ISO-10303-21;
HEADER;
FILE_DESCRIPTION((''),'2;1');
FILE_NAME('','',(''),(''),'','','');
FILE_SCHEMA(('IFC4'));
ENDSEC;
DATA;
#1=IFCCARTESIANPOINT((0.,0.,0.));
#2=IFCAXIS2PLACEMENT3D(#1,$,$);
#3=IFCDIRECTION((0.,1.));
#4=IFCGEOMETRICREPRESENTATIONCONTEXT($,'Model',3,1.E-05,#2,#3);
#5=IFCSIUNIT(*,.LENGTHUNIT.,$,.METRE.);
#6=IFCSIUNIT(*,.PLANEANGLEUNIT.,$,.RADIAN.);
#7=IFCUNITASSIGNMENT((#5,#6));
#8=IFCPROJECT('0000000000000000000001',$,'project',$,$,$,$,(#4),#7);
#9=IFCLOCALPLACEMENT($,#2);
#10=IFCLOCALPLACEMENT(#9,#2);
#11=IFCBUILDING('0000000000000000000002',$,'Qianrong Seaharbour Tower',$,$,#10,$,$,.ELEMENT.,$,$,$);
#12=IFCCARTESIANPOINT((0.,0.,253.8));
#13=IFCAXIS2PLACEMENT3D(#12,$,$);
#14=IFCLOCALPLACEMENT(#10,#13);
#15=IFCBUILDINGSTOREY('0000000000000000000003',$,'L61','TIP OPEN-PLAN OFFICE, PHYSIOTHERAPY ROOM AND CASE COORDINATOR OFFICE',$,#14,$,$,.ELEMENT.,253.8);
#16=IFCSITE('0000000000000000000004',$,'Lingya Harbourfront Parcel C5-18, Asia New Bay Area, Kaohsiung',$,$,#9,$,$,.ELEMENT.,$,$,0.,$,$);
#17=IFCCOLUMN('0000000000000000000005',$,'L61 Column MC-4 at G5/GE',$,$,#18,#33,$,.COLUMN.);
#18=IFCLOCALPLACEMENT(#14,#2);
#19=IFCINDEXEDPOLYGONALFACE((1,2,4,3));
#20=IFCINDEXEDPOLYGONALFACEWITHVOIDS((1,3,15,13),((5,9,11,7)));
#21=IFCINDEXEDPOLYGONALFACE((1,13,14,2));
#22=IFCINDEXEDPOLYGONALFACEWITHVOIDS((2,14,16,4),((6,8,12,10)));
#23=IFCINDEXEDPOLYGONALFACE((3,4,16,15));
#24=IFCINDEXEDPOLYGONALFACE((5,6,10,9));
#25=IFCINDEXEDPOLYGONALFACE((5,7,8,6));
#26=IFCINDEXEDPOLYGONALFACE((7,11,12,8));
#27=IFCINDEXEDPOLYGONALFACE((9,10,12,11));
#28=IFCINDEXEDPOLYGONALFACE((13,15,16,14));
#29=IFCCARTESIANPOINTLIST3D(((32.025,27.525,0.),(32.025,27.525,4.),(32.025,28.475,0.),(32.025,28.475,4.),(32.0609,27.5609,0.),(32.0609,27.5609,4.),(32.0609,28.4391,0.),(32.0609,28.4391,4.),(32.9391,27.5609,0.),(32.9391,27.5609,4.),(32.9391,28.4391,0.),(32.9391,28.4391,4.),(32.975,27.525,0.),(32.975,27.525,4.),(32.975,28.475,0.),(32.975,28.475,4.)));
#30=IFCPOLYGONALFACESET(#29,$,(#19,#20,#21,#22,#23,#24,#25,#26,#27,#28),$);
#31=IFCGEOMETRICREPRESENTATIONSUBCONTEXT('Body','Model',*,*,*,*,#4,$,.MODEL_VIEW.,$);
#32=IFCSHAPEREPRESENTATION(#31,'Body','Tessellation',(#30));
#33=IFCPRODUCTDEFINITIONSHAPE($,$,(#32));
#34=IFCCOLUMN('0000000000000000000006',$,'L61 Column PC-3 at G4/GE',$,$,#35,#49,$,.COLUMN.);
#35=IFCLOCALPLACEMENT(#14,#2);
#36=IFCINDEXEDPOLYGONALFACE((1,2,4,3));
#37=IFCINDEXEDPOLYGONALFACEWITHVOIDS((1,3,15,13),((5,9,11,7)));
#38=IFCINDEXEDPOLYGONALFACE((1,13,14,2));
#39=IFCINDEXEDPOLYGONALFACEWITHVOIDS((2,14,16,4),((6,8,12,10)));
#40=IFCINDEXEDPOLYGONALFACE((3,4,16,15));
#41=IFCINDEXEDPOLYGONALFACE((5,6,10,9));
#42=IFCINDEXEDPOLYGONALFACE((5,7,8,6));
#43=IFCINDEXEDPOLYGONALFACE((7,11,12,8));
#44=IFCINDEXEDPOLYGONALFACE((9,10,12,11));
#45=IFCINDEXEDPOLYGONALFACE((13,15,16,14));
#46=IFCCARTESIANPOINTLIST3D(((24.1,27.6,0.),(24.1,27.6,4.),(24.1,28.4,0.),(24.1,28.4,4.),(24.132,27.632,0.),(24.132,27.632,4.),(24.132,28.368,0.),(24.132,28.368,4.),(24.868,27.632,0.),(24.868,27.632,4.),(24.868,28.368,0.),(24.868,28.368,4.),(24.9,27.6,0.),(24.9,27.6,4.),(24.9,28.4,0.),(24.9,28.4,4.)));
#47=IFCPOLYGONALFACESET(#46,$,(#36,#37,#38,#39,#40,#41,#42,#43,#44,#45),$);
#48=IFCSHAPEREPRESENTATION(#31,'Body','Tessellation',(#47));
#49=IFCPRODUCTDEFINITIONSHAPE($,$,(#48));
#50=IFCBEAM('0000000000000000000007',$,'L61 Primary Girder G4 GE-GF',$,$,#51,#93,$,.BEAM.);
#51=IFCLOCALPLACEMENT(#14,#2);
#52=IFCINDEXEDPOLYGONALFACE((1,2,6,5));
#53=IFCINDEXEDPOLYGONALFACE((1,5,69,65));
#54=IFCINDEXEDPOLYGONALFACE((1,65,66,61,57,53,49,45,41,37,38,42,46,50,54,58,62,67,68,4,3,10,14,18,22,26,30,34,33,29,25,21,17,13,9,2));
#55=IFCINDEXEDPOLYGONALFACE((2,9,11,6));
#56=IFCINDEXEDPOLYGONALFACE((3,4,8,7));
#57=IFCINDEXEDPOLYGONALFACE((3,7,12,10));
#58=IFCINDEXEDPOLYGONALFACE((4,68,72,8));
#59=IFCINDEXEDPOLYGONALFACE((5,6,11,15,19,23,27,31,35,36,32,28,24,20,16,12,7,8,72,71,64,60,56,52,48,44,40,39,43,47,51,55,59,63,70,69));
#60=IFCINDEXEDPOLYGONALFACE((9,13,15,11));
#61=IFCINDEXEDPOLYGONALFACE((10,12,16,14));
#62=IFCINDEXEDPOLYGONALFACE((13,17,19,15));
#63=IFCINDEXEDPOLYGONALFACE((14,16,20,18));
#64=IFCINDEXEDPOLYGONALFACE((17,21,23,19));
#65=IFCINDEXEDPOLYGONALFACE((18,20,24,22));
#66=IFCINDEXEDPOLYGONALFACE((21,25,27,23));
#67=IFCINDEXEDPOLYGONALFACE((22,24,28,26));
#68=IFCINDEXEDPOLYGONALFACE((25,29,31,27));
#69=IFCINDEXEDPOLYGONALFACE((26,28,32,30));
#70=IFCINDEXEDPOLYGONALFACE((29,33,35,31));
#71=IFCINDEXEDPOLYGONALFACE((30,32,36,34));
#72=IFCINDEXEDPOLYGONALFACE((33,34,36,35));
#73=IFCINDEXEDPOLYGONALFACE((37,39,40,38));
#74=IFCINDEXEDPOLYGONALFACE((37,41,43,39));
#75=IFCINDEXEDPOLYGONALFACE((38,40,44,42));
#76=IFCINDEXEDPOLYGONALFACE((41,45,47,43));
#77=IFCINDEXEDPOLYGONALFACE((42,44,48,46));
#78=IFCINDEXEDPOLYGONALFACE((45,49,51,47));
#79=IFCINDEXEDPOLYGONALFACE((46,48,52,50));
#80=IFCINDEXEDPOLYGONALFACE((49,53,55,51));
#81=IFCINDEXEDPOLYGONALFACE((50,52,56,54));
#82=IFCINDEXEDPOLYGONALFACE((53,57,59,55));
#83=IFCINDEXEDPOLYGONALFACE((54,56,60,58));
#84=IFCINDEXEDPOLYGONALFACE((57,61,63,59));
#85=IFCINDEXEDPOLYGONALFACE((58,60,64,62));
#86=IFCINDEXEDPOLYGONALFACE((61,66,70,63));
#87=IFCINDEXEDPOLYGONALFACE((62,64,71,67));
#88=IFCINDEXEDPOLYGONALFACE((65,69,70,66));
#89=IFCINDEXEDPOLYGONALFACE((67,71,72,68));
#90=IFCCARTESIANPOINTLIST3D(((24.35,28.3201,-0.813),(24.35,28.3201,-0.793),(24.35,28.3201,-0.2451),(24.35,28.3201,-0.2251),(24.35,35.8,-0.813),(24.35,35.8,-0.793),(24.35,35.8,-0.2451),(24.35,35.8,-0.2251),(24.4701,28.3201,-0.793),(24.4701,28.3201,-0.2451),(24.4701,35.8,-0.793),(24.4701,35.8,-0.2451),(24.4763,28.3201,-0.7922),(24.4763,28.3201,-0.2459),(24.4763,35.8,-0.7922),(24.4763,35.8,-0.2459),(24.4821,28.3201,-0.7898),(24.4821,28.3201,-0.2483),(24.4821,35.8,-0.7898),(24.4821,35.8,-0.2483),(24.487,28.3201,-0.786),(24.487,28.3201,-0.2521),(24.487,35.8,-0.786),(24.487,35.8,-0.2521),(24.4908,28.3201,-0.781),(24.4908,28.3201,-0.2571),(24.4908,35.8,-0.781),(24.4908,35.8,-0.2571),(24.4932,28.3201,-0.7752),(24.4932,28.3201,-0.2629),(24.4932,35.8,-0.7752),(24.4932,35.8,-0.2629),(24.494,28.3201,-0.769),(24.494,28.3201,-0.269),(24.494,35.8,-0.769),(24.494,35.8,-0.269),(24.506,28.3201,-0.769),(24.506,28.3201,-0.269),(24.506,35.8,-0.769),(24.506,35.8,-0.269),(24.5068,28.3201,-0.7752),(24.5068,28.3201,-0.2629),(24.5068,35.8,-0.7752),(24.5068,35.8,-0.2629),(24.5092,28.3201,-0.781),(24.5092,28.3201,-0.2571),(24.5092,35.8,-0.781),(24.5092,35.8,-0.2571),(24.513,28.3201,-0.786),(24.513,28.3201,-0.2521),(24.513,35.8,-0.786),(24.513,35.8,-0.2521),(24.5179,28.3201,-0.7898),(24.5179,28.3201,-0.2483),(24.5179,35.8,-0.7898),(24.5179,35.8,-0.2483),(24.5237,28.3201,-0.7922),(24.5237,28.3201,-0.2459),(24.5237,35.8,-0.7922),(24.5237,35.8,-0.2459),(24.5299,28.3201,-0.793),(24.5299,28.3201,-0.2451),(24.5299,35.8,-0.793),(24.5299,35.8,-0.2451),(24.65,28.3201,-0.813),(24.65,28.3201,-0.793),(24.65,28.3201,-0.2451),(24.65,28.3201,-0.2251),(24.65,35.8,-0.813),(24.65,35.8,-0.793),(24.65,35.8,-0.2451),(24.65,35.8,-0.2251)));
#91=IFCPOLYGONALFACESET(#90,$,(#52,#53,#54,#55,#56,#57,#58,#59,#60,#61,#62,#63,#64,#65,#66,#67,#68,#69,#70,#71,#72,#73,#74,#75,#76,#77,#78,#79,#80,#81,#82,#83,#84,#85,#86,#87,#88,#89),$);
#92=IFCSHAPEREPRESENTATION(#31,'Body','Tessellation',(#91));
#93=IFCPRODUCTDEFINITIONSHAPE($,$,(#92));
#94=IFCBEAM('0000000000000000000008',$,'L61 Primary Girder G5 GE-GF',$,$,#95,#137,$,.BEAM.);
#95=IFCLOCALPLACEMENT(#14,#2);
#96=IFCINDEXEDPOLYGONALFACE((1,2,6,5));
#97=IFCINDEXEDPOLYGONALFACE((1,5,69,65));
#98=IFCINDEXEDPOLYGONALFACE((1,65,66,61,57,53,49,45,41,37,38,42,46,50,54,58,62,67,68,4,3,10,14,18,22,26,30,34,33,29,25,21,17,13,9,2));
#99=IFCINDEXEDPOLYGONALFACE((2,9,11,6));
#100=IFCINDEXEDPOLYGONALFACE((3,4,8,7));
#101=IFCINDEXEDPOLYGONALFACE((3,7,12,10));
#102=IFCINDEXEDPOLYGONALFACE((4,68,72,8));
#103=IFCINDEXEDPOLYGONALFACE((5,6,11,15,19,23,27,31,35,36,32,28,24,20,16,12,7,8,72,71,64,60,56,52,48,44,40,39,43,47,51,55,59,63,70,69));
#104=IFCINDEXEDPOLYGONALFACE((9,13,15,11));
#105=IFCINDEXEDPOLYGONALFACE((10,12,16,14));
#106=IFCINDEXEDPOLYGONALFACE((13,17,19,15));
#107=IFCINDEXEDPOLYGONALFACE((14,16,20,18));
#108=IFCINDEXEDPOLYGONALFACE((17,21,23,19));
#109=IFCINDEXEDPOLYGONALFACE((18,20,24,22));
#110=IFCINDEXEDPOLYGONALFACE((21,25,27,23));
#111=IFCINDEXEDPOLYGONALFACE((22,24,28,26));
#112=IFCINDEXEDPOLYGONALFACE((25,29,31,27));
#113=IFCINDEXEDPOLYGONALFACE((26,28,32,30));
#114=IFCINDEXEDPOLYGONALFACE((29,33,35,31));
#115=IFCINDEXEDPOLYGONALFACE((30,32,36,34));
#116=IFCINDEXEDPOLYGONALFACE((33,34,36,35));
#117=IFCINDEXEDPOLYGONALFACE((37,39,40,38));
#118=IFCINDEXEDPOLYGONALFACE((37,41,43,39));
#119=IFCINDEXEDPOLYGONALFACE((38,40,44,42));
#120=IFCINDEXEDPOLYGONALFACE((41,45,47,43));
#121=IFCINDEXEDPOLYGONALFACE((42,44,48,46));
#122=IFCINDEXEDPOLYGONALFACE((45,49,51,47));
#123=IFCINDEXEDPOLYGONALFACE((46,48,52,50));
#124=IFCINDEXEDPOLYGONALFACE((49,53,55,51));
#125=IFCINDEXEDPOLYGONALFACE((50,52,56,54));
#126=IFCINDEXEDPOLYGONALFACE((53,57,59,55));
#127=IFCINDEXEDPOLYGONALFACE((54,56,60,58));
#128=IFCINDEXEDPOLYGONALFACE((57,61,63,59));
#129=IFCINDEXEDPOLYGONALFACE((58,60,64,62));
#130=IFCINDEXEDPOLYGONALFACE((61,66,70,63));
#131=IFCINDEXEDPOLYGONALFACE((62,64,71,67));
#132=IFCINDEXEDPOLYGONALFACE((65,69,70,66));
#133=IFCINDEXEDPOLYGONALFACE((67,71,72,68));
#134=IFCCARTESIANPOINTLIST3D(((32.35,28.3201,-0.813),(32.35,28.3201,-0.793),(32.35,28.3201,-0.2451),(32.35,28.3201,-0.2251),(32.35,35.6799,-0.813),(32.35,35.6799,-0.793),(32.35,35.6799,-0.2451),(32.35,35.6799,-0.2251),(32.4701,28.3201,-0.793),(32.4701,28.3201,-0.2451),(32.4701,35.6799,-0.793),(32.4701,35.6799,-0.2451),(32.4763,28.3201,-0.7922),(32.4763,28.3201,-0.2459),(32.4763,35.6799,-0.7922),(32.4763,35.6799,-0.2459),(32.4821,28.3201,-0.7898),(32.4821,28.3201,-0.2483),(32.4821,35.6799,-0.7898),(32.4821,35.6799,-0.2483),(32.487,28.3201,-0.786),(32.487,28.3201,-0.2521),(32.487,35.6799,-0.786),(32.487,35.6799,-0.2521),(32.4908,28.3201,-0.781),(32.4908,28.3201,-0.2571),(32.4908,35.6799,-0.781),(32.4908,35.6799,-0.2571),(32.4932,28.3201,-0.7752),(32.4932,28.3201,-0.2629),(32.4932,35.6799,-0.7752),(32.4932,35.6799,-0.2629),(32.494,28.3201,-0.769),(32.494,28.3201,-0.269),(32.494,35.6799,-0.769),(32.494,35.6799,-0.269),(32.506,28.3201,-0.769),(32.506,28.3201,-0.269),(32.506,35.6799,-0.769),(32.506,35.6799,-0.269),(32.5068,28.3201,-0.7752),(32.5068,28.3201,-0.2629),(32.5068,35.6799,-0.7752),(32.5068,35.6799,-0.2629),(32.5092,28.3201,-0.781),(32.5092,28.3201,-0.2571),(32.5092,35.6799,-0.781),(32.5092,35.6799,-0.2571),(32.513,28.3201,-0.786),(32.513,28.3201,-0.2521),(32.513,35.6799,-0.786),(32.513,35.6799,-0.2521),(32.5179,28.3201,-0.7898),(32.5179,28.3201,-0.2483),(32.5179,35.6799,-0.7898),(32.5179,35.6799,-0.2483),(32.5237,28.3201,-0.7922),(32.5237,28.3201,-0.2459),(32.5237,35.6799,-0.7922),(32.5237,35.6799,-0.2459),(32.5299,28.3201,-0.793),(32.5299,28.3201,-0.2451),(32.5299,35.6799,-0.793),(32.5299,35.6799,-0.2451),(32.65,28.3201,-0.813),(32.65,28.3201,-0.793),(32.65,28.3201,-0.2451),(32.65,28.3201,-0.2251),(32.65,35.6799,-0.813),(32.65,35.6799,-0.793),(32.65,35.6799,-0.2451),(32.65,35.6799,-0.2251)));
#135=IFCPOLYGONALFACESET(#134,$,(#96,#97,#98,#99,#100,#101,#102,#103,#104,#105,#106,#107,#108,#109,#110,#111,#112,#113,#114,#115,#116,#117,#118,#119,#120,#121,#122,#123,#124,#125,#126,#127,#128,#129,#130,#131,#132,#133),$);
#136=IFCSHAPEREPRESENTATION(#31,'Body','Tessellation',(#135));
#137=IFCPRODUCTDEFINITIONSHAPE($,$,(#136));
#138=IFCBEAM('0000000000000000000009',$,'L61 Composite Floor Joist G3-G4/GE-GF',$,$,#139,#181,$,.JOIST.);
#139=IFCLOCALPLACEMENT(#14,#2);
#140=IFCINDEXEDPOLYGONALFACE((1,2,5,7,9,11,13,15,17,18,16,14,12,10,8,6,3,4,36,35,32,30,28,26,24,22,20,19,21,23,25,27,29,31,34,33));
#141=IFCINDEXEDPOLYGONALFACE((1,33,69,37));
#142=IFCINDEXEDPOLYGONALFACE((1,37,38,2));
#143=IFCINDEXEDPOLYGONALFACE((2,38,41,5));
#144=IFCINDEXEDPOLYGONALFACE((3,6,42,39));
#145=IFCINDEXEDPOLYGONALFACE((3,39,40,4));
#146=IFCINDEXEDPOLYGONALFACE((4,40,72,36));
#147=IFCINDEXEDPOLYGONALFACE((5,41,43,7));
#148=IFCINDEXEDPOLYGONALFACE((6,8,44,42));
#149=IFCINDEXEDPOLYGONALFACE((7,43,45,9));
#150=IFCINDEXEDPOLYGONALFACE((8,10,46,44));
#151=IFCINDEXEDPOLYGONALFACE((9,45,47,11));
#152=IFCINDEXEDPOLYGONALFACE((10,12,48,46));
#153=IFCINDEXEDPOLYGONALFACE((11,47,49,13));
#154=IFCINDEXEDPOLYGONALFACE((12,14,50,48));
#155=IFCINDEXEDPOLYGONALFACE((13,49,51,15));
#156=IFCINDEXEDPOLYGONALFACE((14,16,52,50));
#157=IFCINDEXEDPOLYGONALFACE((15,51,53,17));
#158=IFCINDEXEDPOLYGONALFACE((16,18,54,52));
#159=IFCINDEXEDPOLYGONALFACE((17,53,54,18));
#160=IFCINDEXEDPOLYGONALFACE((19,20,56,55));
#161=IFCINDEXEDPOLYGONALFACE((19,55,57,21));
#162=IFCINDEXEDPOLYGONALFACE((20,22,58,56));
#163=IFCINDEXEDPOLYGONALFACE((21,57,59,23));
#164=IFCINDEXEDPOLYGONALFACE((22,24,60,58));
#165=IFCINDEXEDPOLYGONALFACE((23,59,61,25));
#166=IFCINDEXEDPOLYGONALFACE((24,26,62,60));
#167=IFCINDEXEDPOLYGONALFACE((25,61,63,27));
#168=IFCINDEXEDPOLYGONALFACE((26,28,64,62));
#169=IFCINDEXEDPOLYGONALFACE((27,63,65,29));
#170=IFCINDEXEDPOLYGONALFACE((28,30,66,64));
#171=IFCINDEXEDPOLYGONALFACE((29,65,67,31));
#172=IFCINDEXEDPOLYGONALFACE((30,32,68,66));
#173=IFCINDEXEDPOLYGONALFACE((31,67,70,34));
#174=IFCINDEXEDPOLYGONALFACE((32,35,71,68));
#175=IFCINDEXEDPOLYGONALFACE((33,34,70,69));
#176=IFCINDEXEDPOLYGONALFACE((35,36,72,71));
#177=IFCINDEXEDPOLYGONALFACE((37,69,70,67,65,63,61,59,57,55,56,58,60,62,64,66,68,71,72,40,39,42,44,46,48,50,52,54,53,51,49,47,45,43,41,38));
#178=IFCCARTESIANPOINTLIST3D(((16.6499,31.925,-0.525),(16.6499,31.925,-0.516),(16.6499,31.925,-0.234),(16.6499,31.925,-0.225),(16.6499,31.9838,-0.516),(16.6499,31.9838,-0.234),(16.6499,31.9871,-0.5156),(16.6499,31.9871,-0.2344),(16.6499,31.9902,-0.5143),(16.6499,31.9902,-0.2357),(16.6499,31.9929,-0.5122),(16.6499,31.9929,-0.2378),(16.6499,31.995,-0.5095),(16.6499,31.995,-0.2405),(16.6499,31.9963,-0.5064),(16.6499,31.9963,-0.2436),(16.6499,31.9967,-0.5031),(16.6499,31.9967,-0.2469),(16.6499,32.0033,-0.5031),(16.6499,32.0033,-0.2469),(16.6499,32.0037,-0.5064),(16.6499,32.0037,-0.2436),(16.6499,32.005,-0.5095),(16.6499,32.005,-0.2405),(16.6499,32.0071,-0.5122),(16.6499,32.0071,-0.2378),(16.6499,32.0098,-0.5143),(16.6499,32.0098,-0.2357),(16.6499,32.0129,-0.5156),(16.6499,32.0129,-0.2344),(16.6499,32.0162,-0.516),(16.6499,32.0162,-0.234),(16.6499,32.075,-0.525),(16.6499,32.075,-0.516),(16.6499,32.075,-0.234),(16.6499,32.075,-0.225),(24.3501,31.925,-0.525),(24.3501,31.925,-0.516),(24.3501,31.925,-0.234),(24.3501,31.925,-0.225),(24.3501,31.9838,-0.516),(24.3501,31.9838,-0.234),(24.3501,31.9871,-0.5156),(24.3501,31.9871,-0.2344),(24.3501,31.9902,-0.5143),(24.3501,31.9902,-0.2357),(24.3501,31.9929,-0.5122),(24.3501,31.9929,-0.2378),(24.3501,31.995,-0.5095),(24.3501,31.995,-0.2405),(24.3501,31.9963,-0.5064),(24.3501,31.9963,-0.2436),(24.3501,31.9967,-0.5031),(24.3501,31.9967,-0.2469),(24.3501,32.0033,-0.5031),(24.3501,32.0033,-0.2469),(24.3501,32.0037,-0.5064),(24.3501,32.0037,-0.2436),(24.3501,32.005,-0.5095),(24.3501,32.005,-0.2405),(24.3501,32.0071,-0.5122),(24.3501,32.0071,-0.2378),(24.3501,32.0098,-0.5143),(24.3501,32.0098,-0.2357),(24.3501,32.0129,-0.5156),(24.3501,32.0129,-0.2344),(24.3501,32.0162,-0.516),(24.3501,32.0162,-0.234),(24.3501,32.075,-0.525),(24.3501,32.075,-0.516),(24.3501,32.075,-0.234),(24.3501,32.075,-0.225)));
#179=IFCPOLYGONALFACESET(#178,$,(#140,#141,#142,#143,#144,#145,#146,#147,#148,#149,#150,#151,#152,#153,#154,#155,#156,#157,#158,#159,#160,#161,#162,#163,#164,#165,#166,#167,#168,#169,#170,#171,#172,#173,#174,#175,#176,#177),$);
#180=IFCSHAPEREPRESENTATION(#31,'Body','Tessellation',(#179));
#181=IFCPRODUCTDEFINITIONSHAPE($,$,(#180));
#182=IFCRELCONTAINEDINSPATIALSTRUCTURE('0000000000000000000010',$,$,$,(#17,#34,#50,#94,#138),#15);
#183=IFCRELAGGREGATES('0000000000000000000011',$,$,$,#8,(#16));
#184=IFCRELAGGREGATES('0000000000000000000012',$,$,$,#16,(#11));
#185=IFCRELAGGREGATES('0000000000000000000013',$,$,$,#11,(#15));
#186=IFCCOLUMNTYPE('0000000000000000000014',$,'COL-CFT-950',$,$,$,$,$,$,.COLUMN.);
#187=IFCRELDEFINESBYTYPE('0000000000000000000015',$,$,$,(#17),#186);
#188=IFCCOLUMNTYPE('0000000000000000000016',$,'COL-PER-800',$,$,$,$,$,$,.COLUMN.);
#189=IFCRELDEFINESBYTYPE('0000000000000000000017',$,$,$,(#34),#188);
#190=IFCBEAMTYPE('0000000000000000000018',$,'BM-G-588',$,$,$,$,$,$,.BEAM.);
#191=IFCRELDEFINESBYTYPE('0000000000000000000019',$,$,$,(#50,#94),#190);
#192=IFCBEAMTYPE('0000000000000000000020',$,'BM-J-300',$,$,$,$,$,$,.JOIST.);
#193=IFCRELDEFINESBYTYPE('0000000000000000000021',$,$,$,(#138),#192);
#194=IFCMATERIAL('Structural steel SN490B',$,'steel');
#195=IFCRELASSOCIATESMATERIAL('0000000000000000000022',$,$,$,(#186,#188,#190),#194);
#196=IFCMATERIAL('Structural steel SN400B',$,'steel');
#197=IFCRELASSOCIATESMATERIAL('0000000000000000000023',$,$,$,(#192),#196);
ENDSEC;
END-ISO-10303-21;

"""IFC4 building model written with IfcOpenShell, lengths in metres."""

from ifc_helpers import new_model, si_unit, direction, frame, origin, origin_2d, place, context, subcontext, project, spatial, hollow_rectangle, i_section, extrude, material, material_profile, profile_set, type_object, element, save


model = new_model("IFC4")

# Units and contexts
model_context = context("Model", 3, precision=1e-05, world=origin(), true_north=direction((0.0, 1.0)))
body_context = subcontext(model_context, "Body", "Model", "MODEL_VIEW")
ifc_project = project(units=[si_unit("LENGTHUNIT", "METRE"), si_unit("PLANEANGLEUNIT", "RADIAN")], contexts=[model_context])

# Site, building, storey
site_placement = place(None, origin())
site = spatial("IfcSite", under=ifc_project, at=site_placement, Name="Lingya Harbourfront Parcel C5-18, Asia New Bay Area, Kaohsiung", CompositionType="ELEMENT", RefElevation=0.0)
building_placement = place(site_placement, origin())
building = spatial("IfcBuilding", under=site, at=building_placement, Name="Qianrong Seaharbour Tower", CompositionType="ELEMENT")
storey_placement = place(building_placement, frame((0.0, 0.0, 253.8)))
storey = spatial("IfcBuildingStorey", under=building, at=storey_placement, Name="L61", Description="TIP OPEN-PLAN OFFICE, PHYSIOTHERAPY ROOM AND CASE COORDINATOR OFFICE", CompositionType="ELEMENT", Elevation=253.8)

# Columns
ifc_material_1 = material(Name="Structural steel SN490B", Category="steel")
ifc_material_profile_1 = material_profile(ifc_material_1, hollow_rectangle(XDim=0.95, YDim=0.95, WallThickness=0.0359, at=origin_2d()), Name="BOX950x950x36")
ifc_profile_set_1 = profile_set([ifc_material_profile_1], Name="Structural steel SN490B")
column_type_1 = type_object("IfcColumnType", Name="COL-CFT-950", PredefinedType="COLUMN", material=ifc_profile_set_1)
column_1_placement = place(storey_placement, frame((32.5, 28.0, 0.0), z_axis=(0.0, 0.0, 1.0), x_axis=(1.0, 0.0, 0.0)))
element("IfcColumn", 1, at=column_1_placement, inside=storey, type_object=column_type_1, Name="L61 Column MC-4 at G5/GE", PredefinedType="COLUMN", context=body_context, shape_type="SweptSolid", body=[
    extrude(hollow_rectangle(XDim=0.95, YDim=0.95, WallThickness=0.0359, at=origin_2d()), origin(), (0.0, 0.0, 1.0), 4.0),
])
ifc_material_profile_2 = material_profile(ifc_material_1, hollow_rectangle(XDim=0.8, YDim=0.8, WallThickness=0.032, at=origin_2d()), Name="BOX800x800x32")
ifc_profile_set_2 = profile_set([ifc_material_profile_2], Name="Structural steel SN490B")
column_type_2 = type_object("IfcColumnType", Name="COL-PER-800", PredefinedType="COLUMN", material=ifc_profile_set_2)
column_2_placement = place(storey_placement, frame((24.5, 28.0, 0.0), z_axis=(0.0, 0.0, 1.0), x_axis=(1.0, 0.0, 0.0)))
element("IfcColumn", 2, at=column_2_placement, inside=storey, type_object=column_type_2, Name="L61 Column PC-3 at G4/GE", PredefinedType="COLUMN", context=body_context, shape_type="SweptSolid", body=[
    extrude(hollow_rectangle(XDim=0.8, YDim=0.8, WallThickness=0.032, at=origin_2d()), origin(), (0.0, 0.0, 1.0), 4.0),
])

# Beams
ifc_material_profile_3 = material_profile(ifc_material_1, i_section(OverallWidth=0.3, OverallDepth=0.5879, WebThickness=0.012, FlangeThickness=0.02, FilletRadius=0.0239, at=origin_2d()), Name="H588x300x12x20")
ifc_profile_set_3 = profile_set([ifc_material_profile_3], Name="Structural steel SN490B")
beam_type_1 = type_object("IfcBeamType", Name="BM-G-588", PredefinedType="BEAM", material=ifc_profile_set_3)
beam_1_placement = place(storey_placement, frame((24.5, 28.3201, -0.519), z_axis=(0.0, 1.0, 0.0), x_axis=(-1.0, 0.0, 0.0)))
element("IfcBeam", 3, at=beam_1_placement, inside=storey, type_object=beam_type_1, Name="L61 Primary Girder G4 GE-GF", PredefinedType="BEAM", context=body_context, shape_type="SweptSolid", body=[
    extrude(i_section(OverallWidth=0.3, OverallDepth=0.5879, WebThickness=0.012, FlangeThickness=0.02, FilletRadius=0.0239, at=origin_2d()), origin(), (0.0, 0.0, 1.0), 7.48),
])
beam_2_placement = place(storey_placement, frame((32.5, 28.3201, -0.519), z_axis=(0.0, 1.0, 0.0), x_axis=(-1.0, 0.0, 0.0)))
element("IfcBeam", 4, at=beam_2_placement, inside=storey, type_object=beam_type_1, Name="L61 Primary Girder G5 GE-GF", PredefinedType="BEAM", context=body_context, shape_type="SweptSolid", body=[
    extrude(i_section(OverallWidth=0.3, OverallDepth=0.5879, WebThickness=0.012, FlangeThickness=0.02, FilletRadius=0.0239, at=origin_2d()), origin(), (0.0, 0.0, 1.0), 7.3599),
])
ifc_material_2 = material(Name="Structural steel SN400B", Category="steel")
ifc_material_profile_4 = material_profile(ifc_material_2, i_section(OverallWidth=0.1499, OverallDepth=0.3, WebThickness=0.0066, FlangeThickness=0.009, FilletRadius=0.0129, at=origin_2d()), Name="H300x150x6.5x9")
ifc_profile_set_4 = profile_set([ifc_material_profile_4], Name="Structural steel SN400B")
beam_type_2 = type_object("IfcBeamType", Name="BM-J-300", PredefinedType="JOIST", material=ifc_profile_set_4)
for number, where, z_axis, x_axis, name in (
    (5, (16.6499, 32.0, -0.375), (1.0, 0.0, 0.0), (0.0, 1.0, 0.0), "L61 Composite Floor Joist G3-G4/GE-GF"),
):
    element("IfcBeam", number, at=place(storey_placement, frame(where, z_axis=z_axis, x_axis=x_axis)), inside=storey, type_object=beam_type_2, Name=name, PredefinedType="JOIST", context=body_context, shape_type="SweptSolid", body=[
        extrude(i_section(OverallWidth=0.1499, OverallDepth=0.3, WebThickness=0.0066, FlangeThickness=0.009, FilletRadius=0.0129, at=origin_2d()), origin(), (0.0, 0.0, 1.0), 7.7002),
    ])

save(model, "model.ifc")
